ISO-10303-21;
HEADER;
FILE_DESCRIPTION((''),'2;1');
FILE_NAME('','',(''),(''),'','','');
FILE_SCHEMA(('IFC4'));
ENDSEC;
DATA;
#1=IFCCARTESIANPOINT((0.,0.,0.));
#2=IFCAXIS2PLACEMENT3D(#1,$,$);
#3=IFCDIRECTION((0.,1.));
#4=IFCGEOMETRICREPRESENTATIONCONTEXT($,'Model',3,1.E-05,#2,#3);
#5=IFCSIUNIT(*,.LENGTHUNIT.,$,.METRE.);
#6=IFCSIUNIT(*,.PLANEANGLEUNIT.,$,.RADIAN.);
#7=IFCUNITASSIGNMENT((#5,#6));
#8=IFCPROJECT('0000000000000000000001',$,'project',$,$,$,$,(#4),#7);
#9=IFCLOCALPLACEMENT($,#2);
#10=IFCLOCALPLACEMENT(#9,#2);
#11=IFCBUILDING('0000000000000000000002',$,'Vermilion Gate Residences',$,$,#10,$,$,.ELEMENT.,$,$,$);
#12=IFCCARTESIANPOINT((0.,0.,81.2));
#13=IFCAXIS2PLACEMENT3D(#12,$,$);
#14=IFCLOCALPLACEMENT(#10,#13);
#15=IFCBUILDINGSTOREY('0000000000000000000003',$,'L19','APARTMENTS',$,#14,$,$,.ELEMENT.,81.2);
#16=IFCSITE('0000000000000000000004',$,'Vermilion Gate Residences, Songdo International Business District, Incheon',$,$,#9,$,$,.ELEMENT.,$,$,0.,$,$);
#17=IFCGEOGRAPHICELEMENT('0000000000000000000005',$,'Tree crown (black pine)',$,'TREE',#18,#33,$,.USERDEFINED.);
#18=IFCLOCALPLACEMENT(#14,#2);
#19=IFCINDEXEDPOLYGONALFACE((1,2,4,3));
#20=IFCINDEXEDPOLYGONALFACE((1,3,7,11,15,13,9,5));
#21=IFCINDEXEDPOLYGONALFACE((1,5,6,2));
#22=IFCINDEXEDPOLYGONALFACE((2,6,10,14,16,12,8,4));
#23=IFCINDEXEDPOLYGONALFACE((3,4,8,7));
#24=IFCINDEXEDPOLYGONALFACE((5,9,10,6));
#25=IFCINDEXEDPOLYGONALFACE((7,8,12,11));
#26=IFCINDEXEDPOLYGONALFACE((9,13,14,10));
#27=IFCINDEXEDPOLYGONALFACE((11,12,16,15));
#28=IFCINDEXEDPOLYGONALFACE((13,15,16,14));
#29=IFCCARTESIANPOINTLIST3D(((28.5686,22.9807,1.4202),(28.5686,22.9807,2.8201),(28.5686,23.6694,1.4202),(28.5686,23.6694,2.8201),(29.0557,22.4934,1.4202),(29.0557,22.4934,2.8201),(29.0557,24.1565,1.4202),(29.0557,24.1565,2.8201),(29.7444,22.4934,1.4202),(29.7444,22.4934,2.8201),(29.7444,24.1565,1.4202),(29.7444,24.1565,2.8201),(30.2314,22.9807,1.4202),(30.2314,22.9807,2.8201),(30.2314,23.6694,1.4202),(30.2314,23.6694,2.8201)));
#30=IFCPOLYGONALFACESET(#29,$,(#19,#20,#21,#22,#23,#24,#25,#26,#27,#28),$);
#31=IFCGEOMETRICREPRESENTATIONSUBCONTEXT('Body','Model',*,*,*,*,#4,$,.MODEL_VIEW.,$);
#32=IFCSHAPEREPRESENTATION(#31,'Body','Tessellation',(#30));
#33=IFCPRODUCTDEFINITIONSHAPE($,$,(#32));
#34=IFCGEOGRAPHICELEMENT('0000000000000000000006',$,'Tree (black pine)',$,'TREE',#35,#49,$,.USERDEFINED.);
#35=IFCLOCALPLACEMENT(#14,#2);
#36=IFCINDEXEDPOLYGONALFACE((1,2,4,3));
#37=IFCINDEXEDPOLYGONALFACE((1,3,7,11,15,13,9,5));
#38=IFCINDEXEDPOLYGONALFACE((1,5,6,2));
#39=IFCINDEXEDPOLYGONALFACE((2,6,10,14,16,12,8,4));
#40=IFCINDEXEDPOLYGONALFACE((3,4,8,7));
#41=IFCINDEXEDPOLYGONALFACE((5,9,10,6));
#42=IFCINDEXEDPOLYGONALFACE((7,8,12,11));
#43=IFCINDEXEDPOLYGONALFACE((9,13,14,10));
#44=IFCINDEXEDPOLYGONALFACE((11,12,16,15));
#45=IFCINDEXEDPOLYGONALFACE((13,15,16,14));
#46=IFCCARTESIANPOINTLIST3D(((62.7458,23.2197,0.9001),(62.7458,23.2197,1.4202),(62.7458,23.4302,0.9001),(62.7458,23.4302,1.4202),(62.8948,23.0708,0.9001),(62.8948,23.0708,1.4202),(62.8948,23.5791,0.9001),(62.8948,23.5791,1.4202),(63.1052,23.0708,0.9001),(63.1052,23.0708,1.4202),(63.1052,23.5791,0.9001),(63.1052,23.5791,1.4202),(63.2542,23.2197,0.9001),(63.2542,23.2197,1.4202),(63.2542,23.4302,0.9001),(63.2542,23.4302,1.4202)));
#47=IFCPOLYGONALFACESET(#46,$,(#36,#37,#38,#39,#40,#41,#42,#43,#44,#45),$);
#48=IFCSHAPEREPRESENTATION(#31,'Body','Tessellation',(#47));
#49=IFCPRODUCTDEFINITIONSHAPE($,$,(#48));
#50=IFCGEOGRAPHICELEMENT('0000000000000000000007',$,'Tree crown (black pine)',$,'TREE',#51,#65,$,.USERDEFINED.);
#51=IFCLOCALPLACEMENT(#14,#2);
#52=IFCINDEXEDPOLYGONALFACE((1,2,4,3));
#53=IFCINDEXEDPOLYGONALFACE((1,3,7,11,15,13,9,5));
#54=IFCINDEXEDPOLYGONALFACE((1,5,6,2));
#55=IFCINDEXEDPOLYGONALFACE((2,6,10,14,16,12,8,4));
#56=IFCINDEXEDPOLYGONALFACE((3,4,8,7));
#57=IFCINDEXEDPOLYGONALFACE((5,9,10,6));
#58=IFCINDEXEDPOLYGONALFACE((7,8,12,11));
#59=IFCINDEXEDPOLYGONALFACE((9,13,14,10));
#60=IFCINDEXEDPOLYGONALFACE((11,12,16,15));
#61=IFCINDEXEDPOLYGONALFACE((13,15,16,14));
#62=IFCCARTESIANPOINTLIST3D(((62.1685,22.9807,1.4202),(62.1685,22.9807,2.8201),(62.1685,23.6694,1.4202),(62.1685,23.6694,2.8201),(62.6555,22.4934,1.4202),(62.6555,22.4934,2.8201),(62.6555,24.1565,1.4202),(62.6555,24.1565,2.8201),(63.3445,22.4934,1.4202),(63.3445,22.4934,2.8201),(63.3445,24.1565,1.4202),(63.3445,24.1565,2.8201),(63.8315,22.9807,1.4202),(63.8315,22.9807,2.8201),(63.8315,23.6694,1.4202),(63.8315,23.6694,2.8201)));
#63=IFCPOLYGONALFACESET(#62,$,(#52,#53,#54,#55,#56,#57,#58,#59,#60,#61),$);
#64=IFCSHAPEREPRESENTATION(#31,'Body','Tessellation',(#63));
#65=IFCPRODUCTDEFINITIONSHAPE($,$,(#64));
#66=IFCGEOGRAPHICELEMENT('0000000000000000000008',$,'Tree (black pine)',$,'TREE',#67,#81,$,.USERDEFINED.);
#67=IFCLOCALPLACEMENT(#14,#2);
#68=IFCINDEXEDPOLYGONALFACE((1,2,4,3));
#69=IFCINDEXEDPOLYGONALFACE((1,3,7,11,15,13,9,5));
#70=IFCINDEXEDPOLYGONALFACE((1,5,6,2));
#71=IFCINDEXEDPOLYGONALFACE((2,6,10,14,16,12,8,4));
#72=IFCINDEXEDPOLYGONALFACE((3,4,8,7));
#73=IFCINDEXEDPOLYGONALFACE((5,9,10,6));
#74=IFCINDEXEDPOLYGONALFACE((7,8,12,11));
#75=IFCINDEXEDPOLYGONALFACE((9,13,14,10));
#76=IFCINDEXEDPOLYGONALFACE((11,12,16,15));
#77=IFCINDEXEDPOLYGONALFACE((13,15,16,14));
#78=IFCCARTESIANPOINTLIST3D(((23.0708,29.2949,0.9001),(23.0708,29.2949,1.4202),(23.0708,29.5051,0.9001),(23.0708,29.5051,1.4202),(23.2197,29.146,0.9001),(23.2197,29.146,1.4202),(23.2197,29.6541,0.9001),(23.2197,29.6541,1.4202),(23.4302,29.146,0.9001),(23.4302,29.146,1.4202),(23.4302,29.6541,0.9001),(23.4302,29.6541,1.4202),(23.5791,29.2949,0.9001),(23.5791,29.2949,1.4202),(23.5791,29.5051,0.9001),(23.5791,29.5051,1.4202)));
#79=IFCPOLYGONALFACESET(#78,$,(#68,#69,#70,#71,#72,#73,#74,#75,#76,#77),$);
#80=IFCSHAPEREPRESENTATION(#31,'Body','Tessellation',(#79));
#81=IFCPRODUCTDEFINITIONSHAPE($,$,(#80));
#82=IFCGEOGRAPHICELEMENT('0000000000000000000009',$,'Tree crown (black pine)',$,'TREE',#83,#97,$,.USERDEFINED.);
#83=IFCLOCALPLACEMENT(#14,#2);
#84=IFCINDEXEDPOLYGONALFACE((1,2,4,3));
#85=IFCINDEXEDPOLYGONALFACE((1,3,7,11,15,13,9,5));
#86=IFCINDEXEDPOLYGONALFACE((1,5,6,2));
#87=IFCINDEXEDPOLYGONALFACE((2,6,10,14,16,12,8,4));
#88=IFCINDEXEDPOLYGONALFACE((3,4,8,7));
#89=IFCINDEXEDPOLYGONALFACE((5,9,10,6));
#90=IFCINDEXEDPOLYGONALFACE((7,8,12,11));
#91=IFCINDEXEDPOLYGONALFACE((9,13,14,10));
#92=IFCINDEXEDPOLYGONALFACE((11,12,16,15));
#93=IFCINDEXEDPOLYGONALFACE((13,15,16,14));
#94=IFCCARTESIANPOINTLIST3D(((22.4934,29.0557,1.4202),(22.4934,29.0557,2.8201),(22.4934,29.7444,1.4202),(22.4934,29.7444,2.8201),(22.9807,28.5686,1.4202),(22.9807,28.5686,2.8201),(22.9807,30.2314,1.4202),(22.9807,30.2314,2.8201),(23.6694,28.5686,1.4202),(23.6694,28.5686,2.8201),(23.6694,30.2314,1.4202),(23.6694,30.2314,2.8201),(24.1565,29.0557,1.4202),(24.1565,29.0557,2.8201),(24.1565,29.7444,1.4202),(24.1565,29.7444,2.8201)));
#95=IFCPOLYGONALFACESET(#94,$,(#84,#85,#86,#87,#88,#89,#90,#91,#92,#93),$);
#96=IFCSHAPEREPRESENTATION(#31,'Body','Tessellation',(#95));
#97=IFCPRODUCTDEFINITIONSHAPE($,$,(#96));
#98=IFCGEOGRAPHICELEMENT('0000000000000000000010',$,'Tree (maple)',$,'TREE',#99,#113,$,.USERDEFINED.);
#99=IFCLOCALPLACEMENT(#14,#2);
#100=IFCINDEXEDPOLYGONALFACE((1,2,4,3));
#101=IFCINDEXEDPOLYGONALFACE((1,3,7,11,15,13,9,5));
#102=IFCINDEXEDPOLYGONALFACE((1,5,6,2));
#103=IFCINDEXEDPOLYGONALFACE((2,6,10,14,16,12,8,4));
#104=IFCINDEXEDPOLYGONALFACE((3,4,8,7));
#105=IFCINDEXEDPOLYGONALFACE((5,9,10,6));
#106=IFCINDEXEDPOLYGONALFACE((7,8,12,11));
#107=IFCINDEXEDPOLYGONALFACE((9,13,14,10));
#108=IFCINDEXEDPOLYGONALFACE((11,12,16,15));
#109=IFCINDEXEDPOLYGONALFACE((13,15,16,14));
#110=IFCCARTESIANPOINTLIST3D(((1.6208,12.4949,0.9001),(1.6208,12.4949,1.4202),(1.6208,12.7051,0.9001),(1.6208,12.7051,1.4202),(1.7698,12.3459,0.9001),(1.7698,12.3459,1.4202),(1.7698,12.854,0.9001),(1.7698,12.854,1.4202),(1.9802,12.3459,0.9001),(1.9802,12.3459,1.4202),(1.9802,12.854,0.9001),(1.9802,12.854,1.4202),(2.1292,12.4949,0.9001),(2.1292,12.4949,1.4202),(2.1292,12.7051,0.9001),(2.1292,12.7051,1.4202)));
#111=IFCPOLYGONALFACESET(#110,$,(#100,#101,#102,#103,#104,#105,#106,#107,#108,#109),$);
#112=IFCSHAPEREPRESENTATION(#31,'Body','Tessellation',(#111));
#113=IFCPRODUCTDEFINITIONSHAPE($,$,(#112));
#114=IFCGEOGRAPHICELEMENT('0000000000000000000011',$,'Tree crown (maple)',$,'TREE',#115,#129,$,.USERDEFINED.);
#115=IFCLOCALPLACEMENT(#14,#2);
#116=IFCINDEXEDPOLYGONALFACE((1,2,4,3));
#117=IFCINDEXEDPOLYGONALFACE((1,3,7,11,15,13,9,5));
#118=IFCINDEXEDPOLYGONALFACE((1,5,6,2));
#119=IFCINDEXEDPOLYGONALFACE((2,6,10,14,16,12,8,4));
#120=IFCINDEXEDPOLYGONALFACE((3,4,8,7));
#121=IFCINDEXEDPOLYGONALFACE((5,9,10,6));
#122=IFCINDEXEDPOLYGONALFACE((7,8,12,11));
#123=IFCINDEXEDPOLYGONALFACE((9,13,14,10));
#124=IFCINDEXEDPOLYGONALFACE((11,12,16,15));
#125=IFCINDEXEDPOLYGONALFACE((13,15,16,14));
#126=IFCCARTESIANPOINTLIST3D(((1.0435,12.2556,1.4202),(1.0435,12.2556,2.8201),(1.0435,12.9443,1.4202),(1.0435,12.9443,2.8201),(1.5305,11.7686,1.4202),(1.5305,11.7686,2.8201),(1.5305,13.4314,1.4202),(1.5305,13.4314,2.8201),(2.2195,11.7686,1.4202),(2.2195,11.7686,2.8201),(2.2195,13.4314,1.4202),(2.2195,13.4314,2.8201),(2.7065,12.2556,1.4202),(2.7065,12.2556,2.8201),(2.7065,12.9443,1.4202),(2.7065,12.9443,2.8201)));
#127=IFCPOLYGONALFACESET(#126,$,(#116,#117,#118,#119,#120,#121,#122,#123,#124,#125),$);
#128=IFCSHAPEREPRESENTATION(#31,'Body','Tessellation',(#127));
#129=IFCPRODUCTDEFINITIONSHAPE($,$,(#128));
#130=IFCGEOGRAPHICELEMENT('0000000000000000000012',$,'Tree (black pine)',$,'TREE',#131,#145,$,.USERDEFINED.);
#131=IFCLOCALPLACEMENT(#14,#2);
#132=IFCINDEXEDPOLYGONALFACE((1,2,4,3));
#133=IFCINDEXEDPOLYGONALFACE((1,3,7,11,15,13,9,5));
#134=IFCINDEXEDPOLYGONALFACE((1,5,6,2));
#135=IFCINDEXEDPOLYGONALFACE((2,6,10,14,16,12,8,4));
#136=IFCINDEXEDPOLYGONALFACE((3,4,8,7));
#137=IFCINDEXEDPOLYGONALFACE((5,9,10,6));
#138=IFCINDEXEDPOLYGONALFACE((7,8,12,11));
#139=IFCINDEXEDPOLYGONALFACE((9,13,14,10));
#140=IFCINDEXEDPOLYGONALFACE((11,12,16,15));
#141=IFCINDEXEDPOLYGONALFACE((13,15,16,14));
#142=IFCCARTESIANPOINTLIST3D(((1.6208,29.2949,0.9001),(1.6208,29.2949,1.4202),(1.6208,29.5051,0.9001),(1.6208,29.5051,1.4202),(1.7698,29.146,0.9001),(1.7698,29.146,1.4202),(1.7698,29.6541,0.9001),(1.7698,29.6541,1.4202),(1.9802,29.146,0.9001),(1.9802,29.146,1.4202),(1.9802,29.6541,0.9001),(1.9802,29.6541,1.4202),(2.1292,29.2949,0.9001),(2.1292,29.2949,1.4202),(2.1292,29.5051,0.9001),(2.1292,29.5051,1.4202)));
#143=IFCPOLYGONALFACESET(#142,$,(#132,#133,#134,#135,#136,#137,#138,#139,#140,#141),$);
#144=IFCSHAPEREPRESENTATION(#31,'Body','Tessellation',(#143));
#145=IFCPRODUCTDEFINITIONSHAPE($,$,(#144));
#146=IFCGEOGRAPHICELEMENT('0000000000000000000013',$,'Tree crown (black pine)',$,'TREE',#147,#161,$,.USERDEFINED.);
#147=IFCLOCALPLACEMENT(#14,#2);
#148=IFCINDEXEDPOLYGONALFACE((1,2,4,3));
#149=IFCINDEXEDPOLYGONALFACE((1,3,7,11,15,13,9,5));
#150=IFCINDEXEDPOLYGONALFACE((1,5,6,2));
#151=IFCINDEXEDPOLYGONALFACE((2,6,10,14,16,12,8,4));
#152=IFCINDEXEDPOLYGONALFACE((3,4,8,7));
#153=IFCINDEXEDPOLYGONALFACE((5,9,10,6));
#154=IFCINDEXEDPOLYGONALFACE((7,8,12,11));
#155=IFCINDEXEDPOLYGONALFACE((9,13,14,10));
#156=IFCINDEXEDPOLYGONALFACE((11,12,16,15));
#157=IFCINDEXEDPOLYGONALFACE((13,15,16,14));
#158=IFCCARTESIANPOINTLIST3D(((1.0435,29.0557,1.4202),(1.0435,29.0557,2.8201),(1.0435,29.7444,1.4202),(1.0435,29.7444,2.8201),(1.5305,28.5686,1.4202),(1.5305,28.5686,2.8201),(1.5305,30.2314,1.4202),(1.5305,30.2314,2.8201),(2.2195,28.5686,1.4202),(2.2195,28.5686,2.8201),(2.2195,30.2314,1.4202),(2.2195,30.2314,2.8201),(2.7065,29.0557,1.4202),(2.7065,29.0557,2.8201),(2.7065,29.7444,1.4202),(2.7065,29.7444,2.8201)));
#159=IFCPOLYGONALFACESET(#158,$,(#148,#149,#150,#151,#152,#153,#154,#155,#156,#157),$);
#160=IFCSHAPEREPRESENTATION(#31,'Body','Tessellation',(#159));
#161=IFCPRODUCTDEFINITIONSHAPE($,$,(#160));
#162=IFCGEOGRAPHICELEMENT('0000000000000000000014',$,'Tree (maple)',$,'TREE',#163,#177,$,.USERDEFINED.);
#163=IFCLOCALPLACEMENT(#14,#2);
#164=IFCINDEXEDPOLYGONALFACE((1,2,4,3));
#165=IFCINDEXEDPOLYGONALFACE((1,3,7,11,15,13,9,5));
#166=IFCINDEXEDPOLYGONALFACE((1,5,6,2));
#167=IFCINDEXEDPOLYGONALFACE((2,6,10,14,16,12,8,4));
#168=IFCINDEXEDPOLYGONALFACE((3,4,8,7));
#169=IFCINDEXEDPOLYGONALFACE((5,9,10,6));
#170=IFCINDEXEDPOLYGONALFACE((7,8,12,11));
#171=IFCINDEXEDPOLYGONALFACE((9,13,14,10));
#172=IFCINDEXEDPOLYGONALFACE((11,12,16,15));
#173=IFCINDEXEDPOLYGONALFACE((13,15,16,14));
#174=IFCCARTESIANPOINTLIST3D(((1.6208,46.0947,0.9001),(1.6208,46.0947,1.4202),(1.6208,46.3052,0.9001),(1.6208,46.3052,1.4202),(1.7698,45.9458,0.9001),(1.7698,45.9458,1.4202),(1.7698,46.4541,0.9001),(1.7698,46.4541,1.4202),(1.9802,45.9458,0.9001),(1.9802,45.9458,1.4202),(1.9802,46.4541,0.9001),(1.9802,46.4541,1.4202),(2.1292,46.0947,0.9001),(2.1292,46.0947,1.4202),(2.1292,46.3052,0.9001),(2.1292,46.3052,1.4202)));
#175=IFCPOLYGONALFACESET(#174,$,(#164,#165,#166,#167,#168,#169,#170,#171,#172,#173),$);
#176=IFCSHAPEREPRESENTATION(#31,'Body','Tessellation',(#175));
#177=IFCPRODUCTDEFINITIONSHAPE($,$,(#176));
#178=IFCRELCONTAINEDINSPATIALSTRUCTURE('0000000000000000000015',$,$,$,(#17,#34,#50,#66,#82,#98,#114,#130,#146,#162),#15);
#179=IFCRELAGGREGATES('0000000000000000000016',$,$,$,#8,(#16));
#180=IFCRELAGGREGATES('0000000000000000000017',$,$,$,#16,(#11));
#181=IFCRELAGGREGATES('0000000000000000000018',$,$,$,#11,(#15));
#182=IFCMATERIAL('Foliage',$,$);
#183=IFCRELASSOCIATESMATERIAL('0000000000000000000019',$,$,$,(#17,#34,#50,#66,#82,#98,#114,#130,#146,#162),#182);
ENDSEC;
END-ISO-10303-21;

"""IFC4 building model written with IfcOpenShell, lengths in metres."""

from ifc_helpers import new_model, si_unit, direction, frame, origin, place, context, subcontext, project, spatial, polyline, outline, extrude, material, element, save


model = new_model("IFC4")

# Units and contexts
model_context = context("Model", 3, precision=1e-05, world=origin(), true_north=direction((0.0, 1.0)))
body_context = subcontext(model_context, "Body", "Model", "MODEL_VIEW")
ifc_project = project(units=[si_unit("LENGTHUNIT", "METRE"), si_unit("PLANEANGLEUNIT", "RADIAN")], contexts=[model_context])

# Site, building, storey
site_placement = place(None, origin())
site = spatial("IfcSite", under=ifc_project, at=site_placement, Name="Vermilion Gate Residences, Songdo International Business District, Incheon", CompositionType="ELEMENT", RefElevation=0.0)
building_placement = place(site_placement, origin())
building = spatial("IfcBuilding", under=site, at=building_placement, Name="Vermilion Gate Residences", CompositionType="ELEMENT")
storey_placement = place(building_placement, frame((0.0, 0.0, 81.2)))
storey = spatial("IfcBuildingStorey", under=building, at=storey_placement, Name="L19", Description="APARTMENTS", CompositionType="ELEMENT", Elevation=81.2)

# Geographic elements
ifc_material_1 = material(Name="Foliage")
geographic_element_1_placement = place(storey_placement, frame((0.0, 0.0, 1.4202)))
element("IfcGeographicElement", 1, at=geographic_element_1_placement, inside=storey, material=ifc_material_1, Name="Tree crown (black pine)", ObjectType="TREE", PredefinedType="USERDEFINED", context=body_context, shape_type="SweptSolid", body=[
    extrude(outline(polyline([(30.2314, 23.6694), (29.7444, 24.1565), (29.0557, 24.1565), (28.5686, 23.6694), (28.5686, 22.9807), (29.0557, 22.4934), (29.7444, 22.4934), (30.2314, 22.9807), (30.2314, 23.6694)])), origin(), (0.0, 0.0, 1.0), 1.3999),
])
geographic_element_2_placement = place(storey_placement, frame((0.0, 0.0, 0.9001)))
element("IfcGeographicElement", 2, at=geographic_element_2_placement, inside=storey, material=ifc_material_1, Name="Tree (black pine)", ObjectType="TREE", PredefinedType="USERDEFINED", context=body_context, shape_type="SweptSolid", body=[
    extrude(outline(polyline([(63.2542, 23.4302), (63.1052, 23.5791), (62.8948, 23.5791), (62.7458, 23.4302), (62.7458, 23.2197), (62.8948, 23.0708), (63.1052, 23.0708), (63.2542, 23.2197), (63.2542, 23.4302)])), origin(), (0.0, 0.0, 1.0), 0.52),
])
geographic_element_3_placement = place(storey_placement, frame((0.0, 0.0, 1.4202)))
element("IfcGeographicElement", 3, at=geographic_element_3_placement, inside=storey, material=ifc_material_1, Name="Tree crown (black pine)", ObjectType="TREE", PredefinedType="USERDEFINED", context=body_context, shape_type="SweptSolid", body=[
    extrude(outline(polyline([(63.8315, 23.6694), (63.3445, 24.1565), (62.6555, 24.1565), (62.1685, 23.6694), (62.1685, 22.9807), (62.6555, 22.4934), (63.3445, 22.4934), (63.8315, 22.9807), (63.8315, 23.6694)])), origin(), (0.0, 0.0, 1.0), 1.3999),
])
geographic_element_4_placement = place(storey_placement, frame((0.0, 0.0, 0.9001)))
element("IfcGeographicElement", 4, at=geographic_element_4_placement, inside=storey, material=ifc_material_1, Name="Tree (black pine)", ObjectType="TREE", PredefinedType="USERDEFINED", context=body_context, shape_type="SweptSolid", body=[
    extrude(outline(polyline([(23.5791, 29.5051), (23.4302, 29.6541), (23.2197, 29.6541), (23.0708, 29.5051), (23.0708, 29.2949), (23.2197, 29.146), (23.4302, 29.146), (23.5791, 29.2949), (23.5791, 29.5051)])), origin(), (0.0, 0.0, 1.0), 0.52),
])
geographic_element_5_placement = place(storey_placement, frame((0.0, 0.0, 1.4202)))
element("IfcGeographicElement", 5, at=geographic_element_5_placement, inside=storey, material=ifc_material_1, Name="Tree crown (black pine)", ObjectType="TREE", PredefinedType="USERDEFINED", context=body_context, shape_type="SweptSolid", body=[
    extrude(outline(polyline([(24.1565, 29.7444), (23.6694, 30.2314), (22.9807, 30.2314), (22.4934, 29.7444), (22.4934, 29.0557), (22.9807, 28.5686), (23.6694, 28.5686), (24.1565, 29.0557), (24.1565, 29.7444)])), origin(), (0.0, 0.0, 1.0), 1.3999),
])
geographic_element_6_placement = place(storey_placement, frame((0.0, 0.0, 0.9001)))
element("IfcGeographicElement", 6, at=geographic_element_6_placement, inside=storey, material=ifc_material_1, Name="Tree (maple)", ObjectType="TREE", PredefinedType="USERDEFINED", context=body_context, shape_type="SweptSolid", body=[
    extrude(outline(polyline([(2.1292, 12.7051), (1.9802, 12.854), (1.7698, 12.854), (1.6208, 12.7051), (1.6208, 12.4949), (1.7698, 12.3459), (1.9802, 12.3459), (2.1292, 12.4949), (2.1292, 12.7051)])), origin(), (0.0, 0.0, 1.0), 0.52),
])
geographic_element_7_placement = place(storey_placement, frame((0.0, 0.0, 1.4202)))
element("IfcGeographicElement", 7, at=geographic_element_7_placement, inside=storey, material=ifc_material_1, Name="Tree crown (maple)", ObjectType="TREE", PredefinedType="USERDEFINED", context=body_context, shape_type="SweptSolid", body=[
    extrude(outline(polyline([(2.7065, 12.9443), (2.2195, 13.4314), (1.5305, 13.4314), (1.0435, 12.9443), (1.0435, 12.2556), (1.5305, 11.7686), (2.2195, 11.7686), (2.7065, 12.2556), (2.7065, 12.9443)])), origin(), (0.0, 0.0, 1.0), 1.3999),
])
geographic_element_8_placement = place(storey_placement, frame((0.0, 0.0, 0.9001)))
element("IfcGeographicElement", 8, at=geographic_element_8_placement, inside=storey, material=ifc_material_1, Name="Tree (black pine)", ObjectType="TREE", PredefinedType="USERDEFINED", context=body_context, shape_type="SweptSolid", body=[
    extrude(outline(polyline([(2.1292, 29.5051), (1.9802, 29.6541), (1.7698, 29.6541), (1.6208, 29.5051), (1.6208, 29.2949), (1.7698, 29.146), (1.9802, 29.146), (2.1292, 29.2949), (2.1292, 29.5051)])), origin(), (0.0, 0.0, 1.0), 0.52),
])
geographic_element_9_placement = place(storey_placement, frame((0.0, 0.0, 1.4202)))
element("IfcGeographicElement", 9, at=geographic_element_9_placement, inside=storey, material=ifc_material_1, Name="Tree crown (black pine)", ObjectType="TREE", PredefinedType="USERDEFINED", context=body_context, shape_type="SweptSolid", body=[
    extrude(outline(polyline([(2.7065, 29.7444), (2.2195, 30.2314), (1.5305, 30.2314), (1.0435, 29.7444), (1.0435, 29.0557), (1.5305, 28.5686), (2.2195, 28.5686), (2.7065, 29.0557), (2.7065, 29.7444)])), origin(), (0.0, 0.0, 1.0), 1.3999),
])
geographic_element_10_placement = place(storey_placement, frame((0.0, 0.0, 0.9001)))
element("IfcGeographicElement", 10, at=geographic_element_10_placement, inside=storey, material=ifc_material_1, Name="Tree (maple)", ObjectType="TREE", PredefinedType="USERDEFINED", context=body_context, shape_type="SweptSolid", body=[
    extrude(outline(polyline([(2.1292, 46.3052), (1.9802, 46.4541), (1.7698, 46.4541), (1.6208, 46.3052), (1.6208, 46.0947), (1.7698, 45.9458), (1.9802, 45.9458), (2.1292, 46.0947), (2.1292, 46.3052)])), origin(), (0.0, 0.0, 1.0), 0.52),
])

save(model, "model.ifc")
